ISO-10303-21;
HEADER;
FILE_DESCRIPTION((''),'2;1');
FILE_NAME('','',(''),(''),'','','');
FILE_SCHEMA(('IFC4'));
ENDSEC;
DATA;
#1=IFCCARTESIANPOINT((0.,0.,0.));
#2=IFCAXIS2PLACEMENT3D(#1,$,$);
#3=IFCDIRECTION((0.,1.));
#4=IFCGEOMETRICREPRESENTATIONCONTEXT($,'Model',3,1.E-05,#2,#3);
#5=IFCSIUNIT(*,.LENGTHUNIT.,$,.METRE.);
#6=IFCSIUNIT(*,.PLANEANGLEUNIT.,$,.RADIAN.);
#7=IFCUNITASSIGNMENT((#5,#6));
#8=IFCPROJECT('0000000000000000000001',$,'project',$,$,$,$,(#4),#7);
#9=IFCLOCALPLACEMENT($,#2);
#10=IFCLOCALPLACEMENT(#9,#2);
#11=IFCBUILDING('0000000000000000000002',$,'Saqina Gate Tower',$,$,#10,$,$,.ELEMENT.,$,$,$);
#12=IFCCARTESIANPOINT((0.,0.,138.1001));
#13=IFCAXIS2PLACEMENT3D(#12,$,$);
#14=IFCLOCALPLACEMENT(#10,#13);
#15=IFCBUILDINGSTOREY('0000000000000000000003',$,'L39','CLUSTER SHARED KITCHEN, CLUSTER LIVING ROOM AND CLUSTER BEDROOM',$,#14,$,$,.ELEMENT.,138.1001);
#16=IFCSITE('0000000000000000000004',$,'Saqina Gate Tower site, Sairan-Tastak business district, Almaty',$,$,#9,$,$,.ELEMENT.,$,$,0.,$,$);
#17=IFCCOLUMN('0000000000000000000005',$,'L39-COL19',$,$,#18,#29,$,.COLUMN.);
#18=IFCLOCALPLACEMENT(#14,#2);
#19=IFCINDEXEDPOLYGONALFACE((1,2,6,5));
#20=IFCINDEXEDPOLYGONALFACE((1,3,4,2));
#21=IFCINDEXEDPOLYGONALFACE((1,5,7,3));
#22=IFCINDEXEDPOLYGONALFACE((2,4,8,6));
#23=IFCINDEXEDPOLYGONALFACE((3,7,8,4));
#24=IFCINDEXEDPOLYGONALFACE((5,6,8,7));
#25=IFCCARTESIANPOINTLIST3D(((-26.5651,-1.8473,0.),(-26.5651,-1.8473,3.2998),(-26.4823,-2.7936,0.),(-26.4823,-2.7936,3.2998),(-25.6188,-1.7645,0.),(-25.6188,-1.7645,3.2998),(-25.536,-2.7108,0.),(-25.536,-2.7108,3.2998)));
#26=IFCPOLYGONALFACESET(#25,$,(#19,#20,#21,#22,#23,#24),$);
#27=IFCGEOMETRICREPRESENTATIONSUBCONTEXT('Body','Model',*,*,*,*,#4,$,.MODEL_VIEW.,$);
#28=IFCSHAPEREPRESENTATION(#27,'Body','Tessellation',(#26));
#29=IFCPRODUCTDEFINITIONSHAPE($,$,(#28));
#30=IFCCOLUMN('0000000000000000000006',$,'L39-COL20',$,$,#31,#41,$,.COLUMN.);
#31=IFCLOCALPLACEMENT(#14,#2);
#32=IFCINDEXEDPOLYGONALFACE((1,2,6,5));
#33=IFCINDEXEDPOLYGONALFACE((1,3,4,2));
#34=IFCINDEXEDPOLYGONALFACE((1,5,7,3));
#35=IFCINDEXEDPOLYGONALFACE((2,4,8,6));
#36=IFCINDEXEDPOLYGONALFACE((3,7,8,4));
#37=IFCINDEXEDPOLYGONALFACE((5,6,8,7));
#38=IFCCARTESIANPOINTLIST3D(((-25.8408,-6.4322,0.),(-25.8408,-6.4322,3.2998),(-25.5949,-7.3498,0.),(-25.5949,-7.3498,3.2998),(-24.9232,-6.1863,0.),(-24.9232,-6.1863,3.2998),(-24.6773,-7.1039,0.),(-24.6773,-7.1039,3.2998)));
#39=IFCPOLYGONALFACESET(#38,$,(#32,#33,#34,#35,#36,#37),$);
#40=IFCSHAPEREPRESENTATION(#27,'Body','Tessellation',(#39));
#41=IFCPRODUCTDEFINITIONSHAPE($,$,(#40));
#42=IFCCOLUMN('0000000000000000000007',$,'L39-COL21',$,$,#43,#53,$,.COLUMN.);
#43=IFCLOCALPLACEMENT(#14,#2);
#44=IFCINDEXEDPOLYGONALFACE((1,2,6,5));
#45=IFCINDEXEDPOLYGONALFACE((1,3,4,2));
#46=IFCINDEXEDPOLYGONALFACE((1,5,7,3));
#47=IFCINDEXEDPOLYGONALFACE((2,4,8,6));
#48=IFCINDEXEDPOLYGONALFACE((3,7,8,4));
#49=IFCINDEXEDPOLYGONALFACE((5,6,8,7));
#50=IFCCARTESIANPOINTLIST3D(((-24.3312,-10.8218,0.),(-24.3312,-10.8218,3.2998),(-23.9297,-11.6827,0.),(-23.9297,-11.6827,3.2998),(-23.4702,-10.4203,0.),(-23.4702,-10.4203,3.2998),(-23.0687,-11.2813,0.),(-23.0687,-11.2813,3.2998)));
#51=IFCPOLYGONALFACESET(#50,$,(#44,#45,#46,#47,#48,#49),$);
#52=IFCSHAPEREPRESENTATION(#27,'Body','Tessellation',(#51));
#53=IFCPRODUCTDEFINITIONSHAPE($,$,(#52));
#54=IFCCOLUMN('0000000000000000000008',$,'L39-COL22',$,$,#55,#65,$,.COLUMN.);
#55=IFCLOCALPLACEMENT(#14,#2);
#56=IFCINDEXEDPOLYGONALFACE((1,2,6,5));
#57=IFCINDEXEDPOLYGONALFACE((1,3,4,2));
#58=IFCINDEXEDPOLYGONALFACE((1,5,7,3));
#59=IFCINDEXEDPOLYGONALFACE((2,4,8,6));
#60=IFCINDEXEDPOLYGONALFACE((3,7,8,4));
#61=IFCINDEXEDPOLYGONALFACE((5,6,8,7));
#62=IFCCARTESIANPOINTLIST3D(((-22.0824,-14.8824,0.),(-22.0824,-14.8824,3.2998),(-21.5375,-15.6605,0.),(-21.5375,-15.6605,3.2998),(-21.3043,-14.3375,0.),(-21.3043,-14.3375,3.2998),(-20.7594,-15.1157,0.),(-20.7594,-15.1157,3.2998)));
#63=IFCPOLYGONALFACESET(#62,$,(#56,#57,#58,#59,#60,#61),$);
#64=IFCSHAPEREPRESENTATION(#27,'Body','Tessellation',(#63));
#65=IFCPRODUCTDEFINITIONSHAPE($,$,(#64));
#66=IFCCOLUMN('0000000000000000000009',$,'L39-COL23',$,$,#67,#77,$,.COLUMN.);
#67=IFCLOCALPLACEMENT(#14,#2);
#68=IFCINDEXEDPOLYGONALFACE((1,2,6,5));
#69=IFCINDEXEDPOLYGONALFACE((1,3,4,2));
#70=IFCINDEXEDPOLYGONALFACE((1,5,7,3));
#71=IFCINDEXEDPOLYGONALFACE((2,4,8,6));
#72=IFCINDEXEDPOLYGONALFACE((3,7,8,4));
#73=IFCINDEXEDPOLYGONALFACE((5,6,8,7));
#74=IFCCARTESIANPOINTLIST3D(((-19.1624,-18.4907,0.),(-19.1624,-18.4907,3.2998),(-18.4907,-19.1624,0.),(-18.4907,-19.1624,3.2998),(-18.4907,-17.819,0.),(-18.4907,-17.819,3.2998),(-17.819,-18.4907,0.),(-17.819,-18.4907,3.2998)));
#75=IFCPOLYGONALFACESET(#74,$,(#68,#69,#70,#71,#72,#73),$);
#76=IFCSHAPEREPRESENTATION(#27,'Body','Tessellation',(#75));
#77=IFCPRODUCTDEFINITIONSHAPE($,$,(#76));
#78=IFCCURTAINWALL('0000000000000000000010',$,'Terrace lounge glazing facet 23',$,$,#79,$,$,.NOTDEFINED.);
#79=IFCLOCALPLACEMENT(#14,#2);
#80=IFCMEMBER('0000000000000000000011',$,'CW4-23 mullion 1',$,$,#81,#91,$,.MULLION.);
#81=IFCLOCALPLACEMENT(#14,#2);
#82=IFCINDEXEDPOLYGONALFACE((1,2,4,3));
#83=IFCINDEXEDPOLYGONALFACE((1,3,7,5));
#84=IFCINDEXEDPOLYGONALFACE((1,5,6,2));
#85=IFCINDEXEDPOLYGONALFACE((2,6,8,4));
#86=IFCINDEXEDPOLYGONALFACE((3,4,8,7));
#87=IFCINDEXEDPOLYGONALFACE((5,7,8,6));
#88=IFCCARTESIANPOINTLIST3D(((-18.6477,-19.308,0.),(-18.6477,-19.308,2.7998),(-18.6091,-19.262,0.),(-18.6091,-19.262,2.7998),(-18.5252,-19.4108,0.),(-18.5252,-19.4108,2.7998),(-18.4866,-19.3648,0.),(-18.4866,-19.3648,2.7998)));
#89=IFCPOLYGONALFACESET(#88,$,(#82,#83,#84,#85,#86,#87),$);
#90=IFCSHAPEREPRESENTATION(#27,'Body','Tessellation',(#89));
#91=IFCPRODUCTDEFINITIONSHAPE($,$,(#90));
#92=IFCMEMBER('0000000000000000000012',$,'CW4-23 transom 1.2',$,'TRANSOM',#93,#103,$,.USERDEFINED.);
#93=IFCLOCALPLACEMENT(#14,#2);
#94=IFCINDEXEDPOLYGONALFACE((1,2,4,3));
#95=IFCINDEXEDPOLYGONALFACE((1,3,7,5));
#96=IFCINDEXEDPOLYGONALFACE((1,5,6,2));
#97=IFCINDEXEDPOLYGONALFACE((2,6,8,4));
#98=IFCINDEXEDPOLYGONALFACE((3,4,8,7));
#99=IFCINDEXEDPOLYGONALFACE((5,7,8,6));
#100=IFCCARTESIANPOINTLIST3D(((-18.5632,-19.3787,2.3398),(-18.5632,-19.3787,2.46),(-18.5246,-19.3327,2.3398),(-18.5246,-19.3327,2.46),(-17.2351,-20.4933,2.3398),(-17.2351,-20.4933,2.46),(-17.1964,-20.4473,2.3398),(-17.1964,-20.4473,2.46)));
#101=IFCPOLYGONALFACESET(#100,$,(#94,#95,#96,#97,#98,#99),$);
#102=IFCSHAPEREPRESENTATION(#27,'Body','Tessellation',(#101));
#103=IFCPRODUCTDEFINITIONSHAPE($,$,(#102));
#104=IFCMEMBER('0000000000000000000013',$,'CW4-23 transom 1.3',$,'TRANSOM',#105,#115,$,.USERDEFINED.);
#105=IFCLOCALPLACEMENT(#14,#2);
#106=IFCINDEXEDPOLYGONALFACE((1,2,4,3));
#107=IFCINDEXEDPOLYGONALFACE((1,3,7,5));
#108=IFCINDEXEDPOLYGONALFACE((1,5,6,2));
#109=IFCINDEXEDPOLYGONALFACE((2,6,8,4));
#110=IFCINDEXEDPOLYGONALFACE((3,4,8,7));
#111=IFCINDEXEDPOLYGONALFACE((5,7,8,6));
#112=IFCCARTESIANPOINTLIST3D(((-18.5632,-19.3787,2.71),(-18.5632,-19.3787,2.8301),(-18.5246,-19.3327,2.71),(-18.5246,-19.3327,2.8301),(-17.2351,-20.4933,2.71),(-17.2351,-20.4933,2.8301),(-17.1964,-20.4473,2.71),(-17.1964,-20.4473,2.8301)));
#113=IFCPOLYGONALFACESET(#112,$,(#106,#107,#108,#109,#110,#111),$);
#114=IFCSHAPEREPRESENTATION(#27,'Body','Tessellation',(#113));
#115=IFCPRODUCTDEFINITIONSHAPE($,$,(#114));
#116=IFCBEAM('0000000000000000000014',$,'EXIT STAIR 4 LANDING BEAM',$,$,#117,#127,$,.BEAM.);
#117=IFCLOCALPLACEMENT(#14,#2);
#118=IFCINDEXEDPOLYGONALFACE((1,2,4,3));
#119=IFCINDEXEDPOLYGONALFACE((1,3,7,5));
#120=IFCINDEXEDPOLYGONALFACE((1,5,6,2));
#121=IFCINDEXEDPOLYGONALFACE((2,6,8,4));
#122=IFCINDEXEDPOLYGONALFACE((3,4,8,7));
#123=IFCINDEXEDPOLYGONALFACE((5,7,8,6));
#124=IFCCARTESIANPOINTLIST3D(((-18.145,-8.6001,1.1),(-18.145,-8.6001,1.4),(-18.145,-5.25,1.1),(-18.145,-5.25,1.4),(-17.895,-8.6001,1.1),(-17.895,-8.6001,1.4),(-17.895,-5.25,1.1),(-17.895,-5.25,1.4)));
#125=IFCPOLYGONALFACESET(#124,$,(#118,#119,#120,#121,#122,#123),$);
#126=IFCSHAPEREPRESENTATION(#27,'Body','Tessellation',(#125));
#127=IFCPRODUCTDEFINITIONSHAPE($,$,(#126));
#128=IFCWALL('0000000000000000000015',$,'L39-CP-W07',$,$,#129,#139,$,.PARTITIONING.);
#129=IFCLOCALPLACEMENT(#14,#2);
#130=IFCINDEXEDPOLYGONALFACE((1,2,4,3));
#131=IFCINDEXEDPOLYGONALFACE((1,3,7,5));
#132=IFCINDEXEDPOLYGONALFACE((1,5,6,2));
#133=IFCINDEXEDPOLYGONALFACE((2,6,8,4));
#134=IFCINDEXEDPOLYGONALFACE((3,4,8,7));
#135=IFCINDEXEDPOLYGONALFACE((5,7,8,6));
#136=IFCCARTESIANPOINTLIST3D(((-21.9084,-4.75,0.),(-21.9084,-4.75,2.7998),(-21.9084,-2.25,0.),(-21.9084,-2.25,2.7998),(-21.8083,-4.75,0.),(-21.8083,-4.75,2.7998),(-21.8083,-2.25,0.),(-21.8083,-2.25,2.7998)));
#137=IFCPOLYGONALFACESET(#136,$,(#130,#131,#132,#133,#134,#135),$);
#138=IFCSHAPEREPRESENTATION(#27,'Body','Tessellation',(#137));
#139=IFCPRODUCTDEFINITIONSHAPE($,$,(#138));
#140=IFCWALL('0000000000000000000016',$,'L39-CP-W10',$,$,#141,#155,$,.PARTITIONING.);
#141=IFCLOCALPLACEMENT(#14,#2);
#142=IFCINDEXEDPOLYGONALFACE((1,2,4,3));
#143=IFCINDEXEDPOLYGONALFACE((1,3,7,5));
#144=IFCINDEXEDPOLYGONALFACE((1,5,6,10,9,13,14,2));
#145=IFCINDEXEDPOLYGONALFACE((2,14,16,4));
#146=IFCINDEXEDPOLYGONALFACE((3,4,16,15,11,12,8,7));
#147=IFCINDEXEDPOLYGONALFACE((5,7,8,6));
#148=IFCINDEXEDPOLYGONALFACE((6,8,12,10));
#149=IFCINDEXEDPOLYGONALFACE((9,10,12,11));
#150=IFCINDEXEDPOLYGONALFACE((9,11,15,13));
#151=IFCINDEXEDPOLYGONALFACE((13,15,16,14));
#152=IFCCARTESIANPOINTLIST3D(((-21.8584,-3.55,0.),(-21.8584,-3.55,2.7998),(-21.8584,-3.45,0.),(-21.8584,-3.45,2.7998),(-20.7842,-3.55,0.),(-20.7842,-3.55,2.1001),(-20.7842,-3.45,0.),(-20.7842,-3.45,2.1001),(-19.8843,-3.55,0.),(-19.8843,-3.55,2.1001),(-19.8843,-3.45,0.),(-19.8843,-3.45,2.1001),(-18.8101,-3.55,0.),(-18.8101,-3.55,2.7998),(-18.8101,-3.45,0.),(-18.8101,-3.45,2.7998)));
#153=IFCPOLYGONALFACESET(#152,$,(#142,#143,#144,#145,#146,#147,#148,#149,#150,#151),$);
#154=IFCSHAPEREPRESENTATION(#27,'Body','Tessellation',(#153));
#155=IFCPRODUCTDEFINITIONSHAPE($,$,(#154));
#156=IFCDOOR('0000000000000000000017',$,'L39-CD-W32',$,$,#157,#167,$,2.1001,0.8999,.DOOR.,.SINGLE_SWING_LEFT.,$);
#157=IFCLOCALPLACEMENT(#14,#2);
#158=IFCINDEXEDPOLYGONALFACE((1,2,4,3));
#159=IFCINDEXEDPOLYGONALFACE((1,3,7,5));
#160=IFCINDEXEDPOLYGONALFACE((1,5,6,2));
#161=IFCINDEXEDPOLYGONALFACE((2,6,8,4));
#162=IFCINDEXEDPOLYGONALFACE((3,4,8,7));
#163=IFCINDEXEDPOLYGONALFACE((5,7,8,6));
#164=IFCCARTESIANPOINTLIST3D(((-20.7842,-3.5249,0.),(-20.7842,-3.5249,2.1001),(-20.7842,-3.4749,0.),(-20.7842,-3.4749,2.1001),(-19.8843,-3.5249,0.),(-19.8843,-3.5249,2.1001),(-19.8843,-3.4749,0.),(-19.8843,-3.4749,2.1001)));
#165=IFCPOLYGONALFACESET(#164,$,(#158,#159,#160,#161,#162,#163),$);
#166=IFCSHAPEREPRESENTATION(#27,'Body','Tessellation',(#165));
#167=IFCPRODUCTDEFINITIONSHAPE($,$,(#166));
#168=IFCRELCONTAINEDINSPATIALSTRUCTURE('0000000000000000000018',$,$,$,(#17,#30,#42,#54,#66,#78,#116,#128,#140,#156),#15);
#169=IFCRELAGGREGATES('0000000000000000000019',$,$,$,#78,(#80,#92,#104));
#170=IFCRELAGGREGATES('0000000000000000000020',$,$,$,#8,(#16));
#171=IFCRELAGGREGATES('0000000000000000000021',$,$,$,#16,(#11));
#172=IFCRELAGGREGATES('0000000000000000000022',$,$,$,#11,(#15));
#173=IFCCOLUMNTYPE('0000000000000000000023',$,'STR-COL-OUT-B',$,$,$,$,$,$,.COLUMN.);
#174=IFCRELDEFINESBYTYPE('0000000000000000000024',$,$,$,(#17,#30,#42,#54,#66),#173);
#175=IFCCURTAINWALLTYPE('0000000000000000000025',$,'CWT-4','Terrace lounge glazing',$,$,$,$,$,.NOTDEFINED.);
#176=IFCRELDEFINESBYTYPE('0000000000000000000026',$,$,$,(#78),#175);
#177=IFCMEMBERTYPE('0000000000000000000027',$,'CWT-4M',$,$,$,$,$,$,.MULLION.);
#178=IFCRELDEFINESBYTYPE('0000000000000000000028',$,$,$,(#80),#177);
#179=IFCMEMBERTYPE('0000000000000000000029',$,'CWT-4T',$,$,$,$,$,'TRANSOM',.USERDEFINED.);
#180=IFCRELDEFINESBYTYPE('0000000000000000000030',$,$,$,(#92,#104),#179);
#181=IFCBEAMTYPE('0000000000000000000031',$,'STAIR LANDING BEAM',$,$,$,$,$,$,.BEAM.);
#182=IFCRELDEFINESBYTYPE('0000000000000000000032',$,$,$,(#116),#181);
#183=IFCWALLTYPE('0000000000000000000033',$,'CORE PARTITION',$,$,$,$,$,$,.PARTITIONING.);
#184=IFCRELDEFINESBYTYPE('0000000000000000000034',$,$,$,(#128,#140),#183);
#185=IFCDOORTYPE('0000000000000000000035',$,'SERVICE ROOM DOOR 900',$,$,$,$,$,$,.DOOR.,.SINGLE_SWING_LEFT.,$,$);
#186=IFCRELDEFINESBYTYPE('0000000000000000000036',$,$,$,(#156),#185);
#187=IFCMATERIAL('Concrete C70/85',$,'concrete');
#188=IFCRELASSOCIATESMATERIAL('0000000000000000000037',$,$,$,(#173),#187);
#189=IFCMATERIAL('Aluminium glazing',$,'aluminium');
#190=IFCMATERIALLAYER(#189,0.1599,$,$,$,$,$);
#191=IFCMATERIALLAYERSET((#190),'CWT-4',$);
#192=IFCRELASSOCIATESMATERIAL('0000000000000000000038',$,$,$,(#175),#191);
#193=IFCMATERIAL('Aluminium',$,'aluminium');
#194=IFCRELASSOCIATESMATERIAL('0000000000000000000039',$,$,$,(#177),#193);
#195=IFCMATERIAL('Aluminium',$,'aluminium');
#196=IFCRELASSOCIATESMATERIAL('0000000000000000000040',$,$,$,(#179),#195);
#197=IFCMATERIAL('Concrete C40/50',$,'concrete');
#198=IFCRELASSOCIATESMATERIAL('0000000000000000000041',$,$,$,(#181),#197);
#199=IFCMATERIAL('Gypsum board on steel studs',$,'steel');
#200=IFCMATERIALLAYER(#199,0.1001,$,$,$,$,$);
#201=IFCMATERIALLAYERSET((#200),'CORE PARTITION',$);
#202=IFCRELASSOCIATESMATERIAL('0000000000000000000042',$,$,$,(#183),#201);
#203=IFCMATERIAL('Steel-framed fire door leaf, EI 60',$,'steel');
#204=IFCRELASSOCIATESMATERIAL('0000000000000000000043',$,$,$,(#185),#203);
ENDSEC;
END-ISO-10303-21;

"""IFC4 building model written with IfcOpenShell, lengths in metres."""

from ifc_helpers import new_model, si_unit, direction, frame, frame_2d, origin, origin_2d, place, context, subcontext, project, spatial, rectangle, extrude, material, layer, layer_set, material_profile, profile_set, type_object, element, fill, aggregate, save


model = new_model("IFC4")

# Units and contexts
model_context = context("Model", 3, precision=1e-05, world=origin(), true_north=direction((0.0, 1.0)))
body_context = subcontext(model_context, "Body", "Model", "MODEL_VIEW")
ifc_project = project(units=[si_unit("LENGTHUNIT", "METRE"), si_unit("PLANEANGLEUNIT", "RADIAN")], contexts=[model_context])

# Site, building, storey
site_placement = place(None, origin())
site = spatial("IfcSite", under=ifc_project, at=site_placement, Name="Saqina Gate Tower site, Sairan-Tastak business district, Almaty", CompositionType="ELEMENT", RefElevation=0.0)
building_placement = place(site_placement, origin())
building = spatial("IfcBuilding", under=site, at=building_placement, Name="Saqina Gate Tower", CompositionType="ELEMENT")
storey_placement = place(building_placement, frame((0.0, 0.0, 138.1001)))
storey = spatial("IfcBuildingStorey", under=building, at=storey_placement, Name="L39", Description="CLUSTER SHARED KITCHEN, CLUSTER LIVING ROOM AND CLUSTER BEDROOM", CompositionType="ELEMENT", Elevation=138.1001)

# Columns
ifc_material_1 = material(Name="Concrete C70/85", Category="concrete")
ifc_material_profile_1 = material_profile(ifc_material_1, rectangle(XDim=0.95, YDim=0.95, at=origin_2d()), Name="RC 950x950")
ifc_profile_set_1 = profile_set([ifc_material_profile_1], Name="Concrete C70/85")
column_type = type_object("IfcColumnType", Name="STR-COL-OUT-B", PredefinedType="COLUMN", material=ifc_profile_set_1)
for number, where, z_axis, x_axis, name in (
    (1, (-26.0505, -2.2791, 0.0), (0.0, 0.0, 1.0), (-0.996195, -0.087156, 0.0), "L39-COL19"),
    (2, (-25.259, -6.7681, 0.0), (0.0, 0.0, 1.0), (-0.965926, -0.258819, 0.0), "L39-COL20"),
    (3, (-23.7, -11.0515, 0.0), (0.0, 0.0, 1.0), (-0.906308, -0.422618, 0.0), "L39-COL21"),
    (4, (-21.4209, -14.999, 0.0), (0.0, 0.0, 1.0), (-0.819152, -0.573576, 0.0), "L39-COL22"),
    (5, (-18.4907, -18.4907, 0.0), (0.0, 0.0, 1.0), (-0.707107, -0.707107, 0.0), "L39-COL23"),
):
    element("IfcColumn", number, at=place(storey_placement, frame(where, z_axis=z_axis, x_axis=x_axis)), inside=storey, type_object=column_type, Name=name, PredefinedType="COLUMN", context=body_context, shape_type="SweptSolid", body=[
        extrude(rectangle(XDim=0.95, YDim=0.95, at=origin_2d()), origin(), (0.0, 0.0, 1.0), 3.2998),
    ])

# Curtain wall, members
ifc_material_2 = material(Name="Aluminium glazing", Category="aluminium")
ifc_layer_1 = layer(ifc_material_2, 0.1599)
ifc_layer_set_1 = layer_set([ifc_layer_1], Name="CWT-4")
curtain_wall_type = type_object("IfcCurtainWallType", Name="CWT-4", Description="Terrace lounge glazing", PredefinedType="NOTDEFINED", material=ifc_layer_set_1)
curtain_wall_placement = place(storey_placement, origin())
curtain_wall = element("IfcCurtainWall", 6, at=curtain_wall_placement, inside=storey, type_object=curtain_wall_type, Name="Terrace lounge glazing facet 23", PredefinedType="NOTDEFINED")
ifc_material_3 = material(Name="Aluminium", Category="aluminium")
ifc_material_profile_2 = material_profile(ifc_material_3, rectangle(XDim=0.0601, YDim=0.1599, at=origin_2d()), Name="Aluminium 60x160")
ifc_profile_set_2 = profile_set([ifc_material_profile_2], Name="Aluminium")
member_type_1 = type_object("IfcMemberType", Name="CWT-4M", PredefinedType="MULLION", material=ifc_profile_set_2)
member_1_placement = place(storey_placement, frame((-18.5671, -19.3364, 0.0), z_axis=(0.0, 0.0, 1.0), x_axis=(0.642791, 0.766042, 0.0)))
member_1 = element("IfcMember", 7, at=member_1_placement, type_object=member_type_1, Name="CW4-23 mullion 1", PredefinedType="MULLION", context=body_context, shape_type="SweptSolid", body=[
    extrude(rectangle(XDim=0.0601, YDim=0.1599, at=origin_2d()), origin(), (0.0, 0.0, 1.0), 2.7998),
])
ifc_material_4 = material(Name="Aluminium", Category="aluminium")
ifc_material_profile_3 = material_profile(ifc_material_4, rectangle(XDim=0.0601, YDim=0.1201, at=origin_2d()), Name="Aluminium 60x120")
ifc_profile_set_3 = profile_set([ifc_material_profile_3], Name="Aluminium")
member_type_2 = type_object("IfcMemberType", Name="CWT-4T", ElementType="TRANSOM", PredefinedType="USERDEFINED", material=ifc_profile_set_3)
member_2_placement = place(storey_placement, frame((-18.5439, -19.3557, 2.3999), z_axis=(0.766024, -0.642812, 0.0), x_axis=(0.642812, 0.766024, 0.0)))
member_2 = element("IfcMember", 8, at=member_2_placement, type_object=member_type_2, Name="CW4-23 transom 1.2", ObjectType="TRANSOM", PredefinedType="USERDEFINED", context=body_context, shape_type="SweptSolid", body=[
    extrude(rectangle(XDim=0.0601, YDim=0.1201, at=origin_2d()), origin(), (0.0, 0.0, 1.0), 1.7339),
])
member_3_placement = place(storey_placement, frame((-18.5439, -19.3557, 2.77), z_axis=(0.766024, -0.642812, 0.0), x_axis=(0.642812, 0.766024, 0.0)))
member_3 = element("IfcMember", 9, at=member_3_placement, type_object=member_type_2, Name="CW4-23 transom 1.3", ObjectType="TRANSOM", PredefinedType="USERDEFINED", context=body_context, shape_type="SweptSolid", body=[
    extrude(rectangle(XDim=0.0601, YDim=0.1201, at=origin_2d()), origin(), (0.0, 0.0, 1.0), 1.7339),
])
aggregate(curtain_wall, [member_1, member_2, member_3])

# Beam
ifc_material_5 = material(Name="Concrete C40/50", Category="concrete")
ifc_material_profile_4 = material_profile(ifc_material_5, rectangle(XDim=0.25, YDim=0.3, at=origin_2d()), Name="STAIR LANDING BEAM")
ifc_profile_set_4 = profile_set([ifc_material_profile_4], Name="Concrete C40/50")
beam_type = type_object("IfcBeamType", Name="STAIR LANDING BEAM", PredefinedType="BEAM", material=ifc_profile_set_4)
beam_placement = place(storey_placement, frame((-18.02, -8.6001, 1.25), z_axis=(0.0, 1.0, 0.0), x_axis=(-1.0, 0.0, 0.0)))
element("IfcBeam", 10, at=beam_placement, inside=storey, type_object=beam_type, Name="EXIT STAIR 4 LANDING BEAM", PredefinedType="BEAM", context=body_context, shape_type="SweptSolid", body=[
    extrude(rectangle(XDim=0.25, YDim=0.3, at=origin_2d()), origin(), (0.0, 0.0, 1.0), 3.3501),
])

# Wall
ifc_material_6 = material(Name="Gypsum board on steel studs", Category="steel")
ifc_layer_2 = layer(ifc_material_6, 0.1001)
ifc_layer_set_2 = layer_set([ifc_layer_2], Name="CORE PARTITION")
wall_type_1 = type_object("IfcWallType", Name="CORE PARTITION", PredefinedType="PARTITIONING", material=ifc_layer_set_2)
wall_1_placement = place(storey_placement, frame((-21.8584, -4.75, 0.0), z_axis=(0.0, 0.0, 1.0), x_axis=(0.0, 1.0, 0.0)))
element("IfcWall", 11, at=wall_1_placement, inside=storey, type_object=wall_type_1, Name="L39-CP-W07", PredefinedType="PARTITIONING", context=body_context, shape_type="SweptSolid", body=[
    extrude(rectangle(XDim=2.5, YDim=0.1001, at=frame_2d((1.25, 0.0))), origin(), (0.0, 0.0, 1.0), 2.7998),
])

# Wall, opening, door
wall_2_placement = place(storey_placement, frame((-18.8101, -3.5, 0.0), z_axis=(0.0, 0.0, 1.0), x_axis=(-1.0, 0.0, 0.0)))
wall_2 = element("IfcWall", 12, at=wall_2_placement, inside=storey, type_object=wall_type_1, Name="L39-CP-W10", PredefinedType="PARTITIONING", context=body_context, shape_type="SweptSolid", body=[
    extrude(rectangle(XDim=3.0483, YDim=0.1001, at=frame_2d((1.5242, 0.0))), origin(), (0.0, 0.0, 1.0), 2.7998),
])
opening_1_placement = place(wall_2_placement, frame((1.0742, 0.0, 0.0)))
opening_1 = element("IfcOpeningElement", 13, at=opening_1_placement, cuts=wall_2, PredefinedType="OPENING", context=body_context, shape_type="SweptSolid", body=[
    extrude(rectangle(XDim=0.8999, YDim=2.1001, at=frame_2d((0.45, 1.05))), frame((0.0, 0.062, 0.0), z_axis=(0.0, -1.0, 0.0), x_axis=(1.0, 0.0, 0.0)), (0.0, 0.0, 1.0), 0.124),
])
ifc_material_7 = material(Name="Steel-framed fire door leaf, EI 60", Category="steel")
door_type_1 = type_object("IfcDoorType", Name="SERVICE ROOM DOOR 900", OperationType="SINGLE_SWING_LEFT", PredefinedType="DOOR", material=ifc_material_7)
door_1_placement = place(opening_1_placement, origin())
door_1 = element("IfcDoor", 14, at=door_1_placement, inside=storey, type_object=door_type_1, Name="L39-CD-W32", OperationType="SINGLE_SWING_LEFT", OverallHeight=2.1001, OverallWidth=0.8999, PredefinedType="DOOR", context=body_context, shape_type="SweptSolid", body=[
    extrude(rectangle(XDim=0.8999, YDim=2.1001, at=frame_2d((0.45, 1.05))), frame((0.0, 0.0249, 0.0), z_axis=(0.0, -1.0, 0.0), x_axis=(1.0, 0.0, 0.0)), (0.0, 0.0, 1.0), 0.05),
])
fill(opening_1, door_1)

save(model, "model.ifc")
